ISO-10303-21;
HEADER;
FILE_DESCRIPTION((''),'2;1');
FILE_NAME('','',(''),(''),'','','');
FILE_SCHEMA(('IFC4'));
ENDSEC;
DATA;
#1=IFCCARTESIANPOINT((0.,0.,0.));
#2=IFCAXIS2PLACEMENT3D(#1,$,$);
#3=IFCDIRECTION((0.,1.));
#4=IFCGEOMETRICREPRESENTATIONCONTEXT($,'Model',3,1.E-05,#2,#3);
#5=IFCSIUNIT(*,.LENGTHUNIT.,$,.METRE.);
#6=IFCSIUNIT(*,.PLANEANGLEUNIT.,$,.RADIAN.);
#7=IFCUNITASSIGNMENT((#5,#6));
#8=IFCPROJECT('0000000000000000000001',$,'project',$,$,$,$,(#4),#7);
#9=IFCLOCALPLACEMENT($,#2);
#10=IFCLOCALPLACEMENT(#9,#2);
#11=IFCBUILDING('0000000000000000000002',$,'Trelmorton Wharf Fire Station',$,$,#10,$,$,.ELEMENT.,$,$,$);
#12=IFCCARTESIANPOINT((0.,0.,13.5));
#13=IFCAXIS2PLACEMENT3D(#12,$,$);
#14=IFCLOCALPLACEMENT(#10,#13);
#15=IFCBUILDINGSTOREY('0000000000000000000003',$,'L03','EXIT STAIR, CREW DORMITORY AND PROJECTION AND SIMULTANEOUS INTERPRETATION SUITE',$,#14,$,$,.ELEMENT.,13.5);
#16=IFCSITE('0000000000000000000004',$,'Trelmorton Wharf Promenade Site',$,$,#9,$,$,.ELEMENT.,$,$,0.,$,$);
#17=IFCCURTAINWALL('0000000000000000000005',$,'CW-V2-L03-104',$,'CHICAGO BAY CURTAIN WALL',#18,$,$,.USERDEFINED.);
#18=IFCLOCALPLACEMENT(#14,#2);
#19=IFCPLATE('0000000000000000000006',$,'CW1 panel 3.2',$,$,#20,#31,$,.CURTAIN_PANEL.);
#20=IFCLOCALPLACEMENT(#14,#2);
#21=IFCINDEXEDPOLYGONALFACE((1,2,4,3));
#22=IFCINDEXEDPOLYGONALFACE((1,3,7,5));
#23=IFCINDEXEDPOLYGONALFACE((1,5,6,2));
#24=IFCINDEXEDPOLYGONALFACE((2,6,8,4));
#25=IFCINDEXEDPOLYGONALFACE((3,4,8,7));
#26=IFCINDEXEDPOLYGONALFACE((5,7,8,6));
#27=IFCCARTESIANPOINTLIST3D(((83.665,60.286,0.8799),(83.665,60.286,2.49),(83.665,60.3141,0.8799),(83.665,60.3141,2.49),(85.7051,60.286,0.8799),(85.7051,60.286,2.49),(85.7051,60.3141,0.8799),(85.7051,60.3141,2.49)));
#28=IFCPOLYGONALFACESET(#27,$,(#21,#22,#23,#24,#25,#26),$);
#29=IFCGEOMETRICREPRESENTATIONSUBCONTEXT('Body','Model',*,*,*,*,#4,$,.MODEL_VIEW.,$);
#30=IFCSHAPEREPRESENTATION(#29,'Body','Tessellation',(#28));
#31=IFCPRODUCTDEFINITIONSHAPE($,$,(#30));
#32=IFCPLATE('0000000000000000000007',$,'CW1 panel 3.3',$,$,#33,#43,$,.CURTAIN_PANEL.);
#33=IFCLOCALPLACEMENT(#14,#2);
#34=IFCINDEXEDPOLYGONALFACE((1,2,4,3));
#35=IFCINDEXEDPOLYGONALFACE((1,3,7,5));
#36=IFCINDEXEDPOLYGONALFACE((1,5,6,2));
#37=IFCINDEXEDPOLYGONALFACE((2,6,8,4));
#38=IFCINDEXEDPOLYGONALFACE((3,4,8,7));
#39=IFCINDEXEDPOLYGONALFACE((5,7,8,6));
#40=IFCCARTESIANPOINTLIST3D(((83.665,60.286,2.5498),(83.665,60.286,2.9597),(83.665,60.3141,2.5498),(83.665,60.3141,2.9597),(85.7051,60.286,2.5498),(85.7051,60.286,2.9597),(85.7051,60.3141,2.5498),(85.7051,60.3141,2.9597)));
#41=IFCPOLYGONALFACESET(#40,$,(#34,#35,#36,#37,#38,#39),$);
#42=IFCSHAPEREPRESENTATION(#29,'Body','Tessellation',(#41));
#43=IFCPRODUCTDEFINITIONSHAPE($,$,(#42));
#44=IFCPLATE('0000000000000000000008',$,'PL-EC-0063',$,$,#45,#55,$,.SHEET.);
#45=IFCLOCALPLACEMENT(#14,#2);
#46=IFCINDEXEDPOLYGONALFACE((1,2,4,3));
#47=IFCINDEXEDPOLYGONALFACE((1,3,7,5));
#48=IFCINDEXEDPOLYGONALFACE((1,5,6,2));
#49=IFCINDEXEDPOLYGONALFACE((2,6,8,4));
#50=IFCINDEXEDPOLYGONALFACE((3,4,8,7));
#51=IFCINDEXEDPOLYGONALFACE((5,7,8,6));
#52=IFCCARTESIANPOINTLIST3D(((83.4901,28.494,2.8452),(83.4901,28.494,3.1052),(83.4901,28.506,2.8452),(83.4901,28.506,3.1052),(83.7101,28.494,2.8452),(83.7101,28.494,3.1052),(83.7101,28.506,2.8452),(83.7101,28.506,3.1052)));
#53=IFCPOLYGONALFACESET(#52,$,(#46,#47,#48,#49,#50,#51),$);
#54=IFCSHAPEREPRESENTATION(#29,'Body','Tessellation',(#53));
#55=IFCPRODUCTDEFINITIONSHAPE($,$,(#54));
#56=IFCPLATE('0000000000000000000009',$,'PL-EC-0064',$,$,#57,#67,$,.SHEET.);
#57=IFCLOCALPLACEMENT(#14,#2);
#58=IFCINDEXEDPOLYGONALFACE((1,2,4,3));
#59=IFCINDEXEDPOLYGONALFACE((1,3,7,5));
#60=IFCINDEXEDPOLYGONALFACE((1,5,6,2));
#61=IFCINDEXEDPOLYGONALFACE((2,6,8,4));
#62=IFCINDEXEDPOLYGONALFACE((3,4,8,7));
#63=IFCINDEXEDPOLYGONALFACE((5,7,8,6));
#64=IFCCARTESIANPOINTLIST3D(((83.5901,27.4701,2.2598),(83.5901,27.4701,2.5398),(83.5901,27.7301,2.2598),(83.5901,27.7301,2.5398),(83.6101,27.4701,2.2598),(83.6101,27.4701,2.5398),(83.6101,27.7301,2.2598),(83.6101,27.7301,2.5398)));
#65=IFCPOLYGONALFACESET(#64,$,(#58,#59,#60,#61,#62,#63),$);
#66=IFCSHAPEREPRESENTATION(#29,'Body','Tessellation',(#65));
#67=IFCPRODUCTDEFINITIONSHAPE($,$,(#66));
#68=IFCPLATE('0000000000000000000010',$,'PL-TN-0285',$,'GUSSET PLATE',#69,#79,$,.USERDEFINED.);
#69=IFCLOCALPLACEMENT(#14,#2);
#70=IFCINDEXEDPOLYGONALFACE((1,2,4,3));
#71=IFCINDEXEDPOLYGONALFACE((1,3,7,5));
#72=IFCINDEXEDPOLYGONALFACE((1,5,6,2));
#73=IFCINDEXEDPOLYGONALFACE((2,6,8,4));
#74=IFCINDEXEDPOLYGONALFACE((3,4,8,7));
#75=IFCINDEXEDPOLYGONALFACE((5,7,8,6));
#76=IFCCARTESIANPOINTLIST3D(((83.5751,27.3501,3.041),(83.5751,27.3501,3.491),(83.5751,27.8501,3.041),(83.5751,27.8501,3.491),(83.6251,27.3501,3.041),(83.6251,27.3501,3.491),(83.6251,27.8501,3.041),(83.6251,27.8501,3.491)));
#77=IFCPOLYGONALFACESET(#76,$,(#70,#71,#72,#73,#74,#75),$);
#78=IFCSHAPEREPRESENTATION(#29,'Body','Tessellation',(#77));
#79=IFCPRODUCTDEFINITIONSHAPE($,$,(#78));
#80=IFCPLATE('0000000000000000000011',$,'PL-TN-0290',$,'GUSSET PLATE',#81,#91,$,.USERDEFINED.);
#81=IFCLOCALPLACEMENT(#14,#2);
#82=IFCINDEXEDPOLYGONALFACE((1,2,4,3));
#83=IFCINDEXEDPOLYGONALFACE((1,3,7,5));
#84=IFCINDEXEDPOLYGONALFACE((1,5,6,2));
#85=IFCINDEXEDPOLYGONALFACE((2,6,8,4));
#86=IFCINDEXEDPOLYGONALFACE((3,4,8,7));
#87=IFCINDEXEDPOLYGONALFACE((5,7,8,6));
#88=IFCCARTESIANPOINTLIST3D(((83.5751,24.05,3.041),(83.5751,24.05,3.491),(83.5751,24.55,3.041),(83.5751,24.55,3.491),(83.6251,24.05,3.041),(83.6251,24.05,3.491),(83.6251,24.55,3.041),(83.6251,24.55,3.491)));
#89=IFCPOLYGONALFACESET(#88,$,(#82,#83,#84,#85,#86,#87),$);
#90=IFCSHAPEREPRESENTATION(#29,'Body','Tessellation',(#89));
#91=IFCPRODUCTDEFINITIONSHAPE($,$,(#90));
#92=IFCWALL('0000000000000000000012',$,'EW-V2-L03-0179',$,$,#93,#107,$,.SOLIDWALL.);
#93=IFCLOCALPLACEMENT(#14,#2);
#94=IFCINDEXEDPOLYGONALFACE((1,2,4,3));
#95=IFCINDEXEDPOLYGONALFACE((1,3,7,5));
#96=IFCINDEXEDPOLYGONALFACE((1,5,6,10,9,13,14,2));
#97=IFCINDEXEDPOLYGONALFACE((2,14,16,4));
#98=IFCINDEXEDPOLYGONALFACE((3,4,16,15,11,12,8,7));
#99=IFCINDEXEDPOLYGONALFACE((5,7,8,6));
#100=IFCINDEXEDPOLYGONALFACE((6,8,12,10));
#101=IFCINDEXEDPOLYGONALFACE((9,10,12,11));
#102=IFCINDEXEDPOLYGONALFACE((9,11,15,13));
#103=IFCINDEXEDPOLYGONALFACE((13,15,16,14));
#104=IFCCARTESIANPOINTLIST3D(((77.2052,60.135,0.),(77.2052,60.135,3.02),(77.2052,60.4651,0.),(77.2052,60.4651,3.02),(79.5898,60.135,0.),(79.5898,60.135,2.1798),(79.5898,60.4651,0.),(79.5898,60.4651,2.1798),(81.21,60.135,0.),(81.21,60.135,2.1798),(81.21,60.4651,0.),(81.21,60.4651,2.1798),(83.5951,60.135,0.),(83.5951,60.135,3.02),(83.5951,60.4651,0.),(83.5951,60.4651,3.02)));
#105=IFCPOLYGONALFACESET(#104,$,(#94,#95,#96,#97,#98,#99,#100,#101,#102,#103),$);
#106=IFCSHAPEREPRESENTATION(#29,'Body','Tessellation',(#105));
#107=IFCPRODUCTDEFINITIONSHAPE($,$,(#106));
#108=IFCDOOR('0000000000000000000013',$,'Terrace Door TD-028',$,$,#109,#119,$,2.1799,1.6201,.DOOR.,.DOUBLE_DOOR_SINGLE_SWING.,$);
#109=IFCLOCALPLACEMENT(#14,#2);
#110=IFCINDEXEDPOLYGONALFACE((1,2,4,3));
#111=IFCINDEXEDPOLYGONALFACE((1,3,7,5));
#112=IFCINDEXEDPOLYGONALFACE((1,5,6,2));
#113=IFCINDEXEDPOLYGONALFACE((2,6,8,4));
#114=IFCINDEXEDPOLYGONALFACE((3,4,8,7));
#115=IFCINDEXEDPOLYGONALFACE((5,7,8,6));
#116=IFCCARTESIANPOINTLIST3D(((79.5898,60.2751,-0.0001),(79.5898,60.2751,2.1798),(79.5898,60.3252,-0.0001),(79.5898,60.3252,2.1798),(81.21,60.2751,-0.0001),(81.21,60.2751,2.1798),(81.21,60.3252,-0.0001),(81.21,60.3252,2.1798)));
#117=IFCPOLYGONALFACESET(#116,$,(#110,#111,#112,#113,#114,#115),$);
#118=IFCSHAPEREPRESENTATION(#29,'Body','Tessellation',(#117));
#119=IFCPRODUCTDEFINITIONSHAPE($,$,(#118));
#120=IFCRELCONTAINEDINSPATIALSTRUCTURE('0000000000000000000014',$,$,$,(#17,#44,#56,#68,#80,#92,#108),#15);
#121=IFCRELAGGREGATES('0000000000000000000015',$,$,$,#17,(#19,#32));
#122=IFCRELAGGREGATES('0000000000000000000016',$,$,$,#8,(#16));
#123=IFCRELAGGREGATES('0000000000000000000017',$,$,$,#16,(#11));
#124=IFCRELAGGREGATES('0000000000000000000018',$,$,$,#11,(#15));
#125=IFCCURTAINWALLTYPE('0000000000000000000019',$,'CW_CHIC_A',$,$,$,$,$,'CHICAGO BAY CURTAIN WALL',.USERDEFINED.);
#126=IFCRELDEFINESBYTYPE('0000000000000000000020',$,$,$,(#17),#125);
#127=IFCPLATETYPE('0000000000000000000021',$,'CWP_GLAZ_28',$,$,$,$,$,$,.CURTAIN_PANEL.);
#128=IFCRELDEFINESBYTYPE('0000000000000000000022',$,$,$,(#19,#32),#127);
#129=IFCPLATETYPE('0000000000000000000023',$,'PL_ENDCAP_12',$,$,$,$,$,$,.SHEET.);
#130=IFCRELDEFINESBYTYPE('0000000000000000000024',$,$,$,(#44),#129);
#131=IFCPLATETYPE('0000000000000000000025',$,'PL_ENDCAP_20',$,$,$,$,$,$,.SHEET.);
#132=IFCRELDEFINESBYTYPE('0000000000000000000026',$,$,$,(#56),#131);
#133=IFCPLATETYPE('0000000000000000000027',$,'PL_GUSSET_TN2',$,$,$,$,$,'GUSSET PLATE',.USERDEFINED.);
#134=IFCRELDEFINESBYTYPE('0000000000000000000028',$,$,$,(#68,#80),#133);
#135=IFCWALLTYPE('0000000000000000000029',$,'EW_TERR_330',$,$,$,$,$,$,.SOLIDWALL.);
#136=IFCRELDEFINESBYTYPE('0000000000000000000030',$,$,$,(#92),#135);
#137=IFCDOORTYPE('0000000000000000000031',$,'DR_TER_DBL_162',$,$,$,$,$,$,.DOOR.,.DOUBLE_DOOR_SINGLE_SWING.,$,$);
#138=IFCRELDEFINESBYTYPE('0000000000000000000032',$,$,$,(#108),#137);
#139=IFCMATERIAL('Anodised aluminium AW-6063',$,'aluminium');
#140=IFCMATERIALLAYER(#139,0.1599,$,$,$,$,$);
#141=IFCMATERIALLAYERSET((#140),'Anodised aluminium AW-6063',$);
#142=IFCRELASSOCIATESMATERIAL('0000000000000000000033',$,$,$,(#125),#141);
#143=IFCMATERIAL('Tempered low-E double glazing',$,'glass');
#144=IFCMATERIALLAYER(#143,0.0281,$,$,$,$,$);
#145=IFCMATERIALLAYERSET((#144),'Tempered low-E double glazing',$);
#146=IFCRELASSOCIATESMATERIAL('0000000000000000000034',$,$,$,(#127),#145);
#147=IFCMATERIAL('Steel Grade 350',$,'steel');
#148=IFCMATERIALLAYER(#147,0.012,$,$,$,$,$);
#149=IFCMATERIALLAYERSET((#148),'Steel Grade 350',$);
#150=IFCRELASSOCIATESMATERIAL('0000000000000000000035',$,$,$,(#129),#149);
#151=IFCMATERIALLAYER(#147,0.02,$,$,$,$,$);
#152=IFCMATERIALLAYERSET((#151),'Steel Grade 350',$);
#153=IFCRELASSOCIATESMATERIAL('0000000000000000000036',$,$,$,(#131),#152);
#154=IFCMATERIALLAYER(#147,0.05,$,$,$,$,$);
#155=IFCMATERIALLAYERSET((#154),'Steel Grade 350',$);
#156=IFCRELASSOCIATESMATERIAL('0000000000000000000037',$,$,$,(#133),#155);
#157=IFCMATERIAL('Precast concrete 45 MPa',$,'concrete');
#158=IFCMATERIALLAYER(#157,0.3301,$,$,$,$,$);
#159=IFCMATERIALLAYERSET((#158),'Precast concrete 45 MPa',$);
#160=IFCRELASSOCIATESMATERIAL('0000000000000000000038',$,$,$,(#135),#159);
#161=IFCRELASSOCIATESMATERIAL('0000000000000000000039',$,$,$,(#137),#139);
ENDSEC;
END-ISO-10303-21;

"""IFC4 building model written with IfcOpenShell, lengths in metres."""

from ifc_helpers import new_model, si_unit, direction, frame, frame_2d, origin, origin_2d, place, context, subcontext, project, spatial, rectangle, extrude, material, layer, layer_set, type_object, element, fill, aggregate, save


model = new_model("IFC4")

# Units and contexts
model_context = context("Model", 3, precision=1e-05, world=origin(), true_north=direction((0.0, 1.0)))
body_context = subcontext(model_context, "Body", "Model", "MODEL_VIEW")
ifc_project = project(units=[si_unit("LENGTHUNIT", "METRE"), si_unit("PLANEANGLEUNIT", "RADIAN")], contexts=[model_context])

# Site, building, storey
site_placement = place(None, origin())
site = spatial("IfcSite", under=ifc_project, at=site_placement, Name="Trelmorton Wharf Promenade Site", CompositionType="ELEMENT", RefElevation=0.0)
building_placement = place(site_placement, origin())
building = spatial("IfcBuilding", under=site, at=building_placement, Name="Trelmorton Wharf Fire Station", CompositionType="ELEMENT")
storey_placement = place(building_placement, frame((0.0, 0.0, 13.5)))
storey = spatial("IfcBuildingStorey", under=building, at=storey_placement, Name="L03", Description="EXIT STAIR, CREW DORMITORY AND PROJECTION AND SIMULTANEOUS INTERPRETATION SUITE", CompositionType="ELEMENT", Elevation=13.5)

# Shared definitions
ifc_material_1 = material(Name="Steel Grade 350", Category="steel")

# Curtain wall
ifc_material_2 = material(Name="Anodised aluminium AW-6063", Category="aluminium")
ifc_layer_1 = layer(ifc_material_2, 0.1599)
ifc_layer_set_1 = layer_set([ifc_layer_1], Name="Anodised aluminium AW-6063")
curtain_wall_type = type_object("IfcCurtainWallType", Name="CW_CHIC_A", ElementType="CHICAGO BAY CURTAIN WALL", PredefinedType="USERDEFINED", material=ifc_layer_set_1)
curtain_wall_placement = place(storey_placement, origin())
curtain_wall = element("IfcCurtainWall", 1, at=curtain_wall_placement, inside=storey, type_object=curtain_wall_type, Name="CW-V2-L03-104", ObjectType="CHICAGO BAY CURTAIN WALL", PredefinedType="USERDEFINED")

# Plates
ifc_material_3 = material(Name="Tempered low-E double glazing", Category="glass")
ifc_layer_2 = layer(ifc_material_3, 0.0281)
ifc_layer_set_2 = layer_set([ifc_layer_2], Name="Tempered low-E double glazing")
plate_type_1 = type_object("IfcPlateType", Name="CWP_GLAZ_28", PredefinedType="CURTAIN_PANEL", material=ifc_layer_set_2)
plate_1_placement = place(storey_placement, frame((84.6851, 60.3, 0.8799), z_axis=(0.0, 0.0, 1.0), x_axis=(-1.0, 0.0, 0.0)))
plate_1 = element("IfcPlate", 2, at=plate_1_placement, type_object=plate_type_1, Name="CW1 panel 3.2", PredefinedType="CURTAIN_PANEL", context=body_context, shape_type="SweptSolid", body=[
    extrude(rectangle(XDim=2.04, YDim=0.0281, at=origin_2d()), origin(), (0.0, 0.0, 1.0), 1.6101),
])
plate_2_placement = place(storey_placement, frame((84.6851, 60.3, 2.5498), z_axis=(0.0, 0.0, 1.0), x_axis=(-1.0, 0.0, 0.0)))
plate_2 = element("IfcPlate", 3, at=plate_2_placement, type_object=plate_type_1, Name="CW1 panel 3.3", PredefinedType="CURTAIN_PANEL", context=body_context, shape_type="SweptSolid", body=[
    extrude(rectangle(XDim=2.04, YDim=0.0281, at=origin_2d()), origin(), (0.0, 0.0, 1.0), 0.4099),
])
aggregate(curtain_wall, [plate_1, plate_2])

# Plates
ifc_layer_3 = layer(ifc_material_1, 0.012)
ifc_layer_set_3 = layer_set([ifc_layer_3], Name="Steel Grade 350")
plate_type_2 = type_object("IfcPlateType", Name="PL_ENDCAP_12", PredefinedType="SHEET", material=ifc_layer_set_3)
plate_3_placement = place(storey_placement, frame((83.6001, 28.5, 2.8452), z_axis=(0.0, 0.0, 1.0), x_axis=(1.0, 0.0, 0.0)))
element("IfcPlate", 4, at=plate_3_placement, inside=storey, type_object=plate_type_2, Name="PL-EC-0063", PredefinedType="SHEET", context=body_context, shape_type="SweptSolid", body=[
    extrude(rectangle(XDim=0.22, YDim=0.012, at=origin_2d()), origin(), (0.0, 0.0, 1.0), 0.26),
])
ifc_layer_4 = layer(ifc_material_1, 0.02)
ifc_layer_set_4 = layer_set([ifc_layer_4], Name="Steel Grade 350")
plate_type_3 = type_object("IfcPlateType", Name="PL_ENDCAP_20", PredefinedType="SHEET", material=ifc_layer_set_4)
plate_4_placement = place(storey_placement, frame((83.6001, 27.6001, 2.2598), z_axis=(0.0, 0.0, 1.0), x_axis=(1.0, 0.0, 0.0)))
element("IfcPlate", 5, at=plate_4_placement, inside=storey, type_object=plate_type_3, Name="PL-EC-0064", PredefinedType="SHEET", context=body_context, shape_type="SweptSolid", body=[
    extrude(rectangle(XDim=0.02, YDim=0.26, at=origin_2d()), origin(), (0.0, 0.0, 1.0), 0.28),
])
ifc_layer_5 = layer(ifc_material_1, 0.05)
ifc_layer_set_5 = layer_set([ifc_layer_5], Name="Steel Grade 350")
plate_type_4 = type_object("IfcPlateType", Name="PL_GUSSET_TN2", ElementType="GUSSET PLATE", PredefinedType="USERDEFINED", material=ifc_layer_set_5)
for number, where, z_axis, x_axis, name in (
    (6, (83.6001, 27.6001, 3.041), (0.0, 0.0, 1.0), (1.0, 0.0, 0.0), "PL-TN-0285"),
    (7, (83.6001, 24.3, 3.041), (0.0, 0.0, 1.0), (1.0, 0.0, 0.0), "PL-TN-0290"),
):
    element("IfcPlate", number, at=place(storey_placement, frame(where, z_axis=z_axis, x_axis=x_axis)), inside=storey, type_object=plate_type_4, Name=name, ObjectType="GUSSET PLATE", PredefinedType="USERDEFINED", context=body_context, shape_type="SweptSolid", body=[
        extrude(rectangle(XDim=0.05, YDim=0.5, at=origin_2d()), origin(), (0.0, 0.0, 1.0), 0.45),
    ])

# Wall, opening, door
ifc_material_4 = material(Name="Precast concrete 45 MPa", Category="concrete")
ifc_layer_6 = layer(ifc_material_4, 0.3301)
ifc_layer_set_6 = layer_set([ifc_layer_6], Name="Precast concrete 45 MPa")
wall_type = type_object("IfcWallType", Name="EW_TERR_330", PredefinedType="SOLIDWALL", material=ifc_layer_set_6)
wall_placement = place(storey_placement, frame((83.595, 60.3, 0.0), z_axis=(0.0, 0.0, 1.0), x_axis=(-1.0, 0.0, 0.0)))
wall = element("IfcWall", 8, at=wall_placement, inside=storey, type_object=wall_type, Name="EW-V2-L03-0179", PredefinedType="SOLIDWALL", context=body_context, shape_type="SweptSolid", body=[
    extrude(rectangle(XDim=6.3899, YDim=0.3301, at=frame_2d((3.1948, 0.0))), origin(), (0.0, 0.0, 1.0), 3.02),
])
opening_placement = place(wall_placement, frame((2.385, 0.0, 0.0)))
opening = element("IfcOpeningElement", 9, at=opening_placement, cuts=wall, PredefinedType="OPENING", context=body_context, shape_type="SweptSolid", body=[
    extrude(rectangle(XDim=1.6201, YDim=2.1799, at=frame_2d((0.8101, 1.0898))), frame((0.0, 0.175, 0.0), z_axis=(0.0, -1.0, 0.0), x_axis=(1.0, 0.0, 0.0)), (0.0, 0.0, 1.0), 0.3501),
])
door_type = type_object("IfcDoorType", Name="DR_TER_DBL_162", OperationType="DOUBLE_DOOR_SINGLE_SWING", PredefinedType="DOOR", material=ifc_material_2)
door_placement = place(opening_placement, origin())
door = element("IfcDoor", 10, at=door_placement, inside=storey, type_object=door_type, Name="Terrace Door TD-028", OperationType="DOUBLE_DOOR_SINGLE_SWING", OverallHeight=2.1799, OverallWidth=1.6201, PredefinedType="DOOR", context=body_context, shape_type="SweptSolid", body=[
    extrude(rectangle(XDim=1.6201, YDim=2.1799, at=frame_2d((0.8101, 1.0898))), frame((0.0, 0.0249, 0.0), z_axis=(0.0, -1.0, 0.0), x_axis=(1.0, 0.0, 0.0)), (0.0, 0.0, 1.0), 0.05),
])
fill(opening, door)

save(model, "model.ifc")
